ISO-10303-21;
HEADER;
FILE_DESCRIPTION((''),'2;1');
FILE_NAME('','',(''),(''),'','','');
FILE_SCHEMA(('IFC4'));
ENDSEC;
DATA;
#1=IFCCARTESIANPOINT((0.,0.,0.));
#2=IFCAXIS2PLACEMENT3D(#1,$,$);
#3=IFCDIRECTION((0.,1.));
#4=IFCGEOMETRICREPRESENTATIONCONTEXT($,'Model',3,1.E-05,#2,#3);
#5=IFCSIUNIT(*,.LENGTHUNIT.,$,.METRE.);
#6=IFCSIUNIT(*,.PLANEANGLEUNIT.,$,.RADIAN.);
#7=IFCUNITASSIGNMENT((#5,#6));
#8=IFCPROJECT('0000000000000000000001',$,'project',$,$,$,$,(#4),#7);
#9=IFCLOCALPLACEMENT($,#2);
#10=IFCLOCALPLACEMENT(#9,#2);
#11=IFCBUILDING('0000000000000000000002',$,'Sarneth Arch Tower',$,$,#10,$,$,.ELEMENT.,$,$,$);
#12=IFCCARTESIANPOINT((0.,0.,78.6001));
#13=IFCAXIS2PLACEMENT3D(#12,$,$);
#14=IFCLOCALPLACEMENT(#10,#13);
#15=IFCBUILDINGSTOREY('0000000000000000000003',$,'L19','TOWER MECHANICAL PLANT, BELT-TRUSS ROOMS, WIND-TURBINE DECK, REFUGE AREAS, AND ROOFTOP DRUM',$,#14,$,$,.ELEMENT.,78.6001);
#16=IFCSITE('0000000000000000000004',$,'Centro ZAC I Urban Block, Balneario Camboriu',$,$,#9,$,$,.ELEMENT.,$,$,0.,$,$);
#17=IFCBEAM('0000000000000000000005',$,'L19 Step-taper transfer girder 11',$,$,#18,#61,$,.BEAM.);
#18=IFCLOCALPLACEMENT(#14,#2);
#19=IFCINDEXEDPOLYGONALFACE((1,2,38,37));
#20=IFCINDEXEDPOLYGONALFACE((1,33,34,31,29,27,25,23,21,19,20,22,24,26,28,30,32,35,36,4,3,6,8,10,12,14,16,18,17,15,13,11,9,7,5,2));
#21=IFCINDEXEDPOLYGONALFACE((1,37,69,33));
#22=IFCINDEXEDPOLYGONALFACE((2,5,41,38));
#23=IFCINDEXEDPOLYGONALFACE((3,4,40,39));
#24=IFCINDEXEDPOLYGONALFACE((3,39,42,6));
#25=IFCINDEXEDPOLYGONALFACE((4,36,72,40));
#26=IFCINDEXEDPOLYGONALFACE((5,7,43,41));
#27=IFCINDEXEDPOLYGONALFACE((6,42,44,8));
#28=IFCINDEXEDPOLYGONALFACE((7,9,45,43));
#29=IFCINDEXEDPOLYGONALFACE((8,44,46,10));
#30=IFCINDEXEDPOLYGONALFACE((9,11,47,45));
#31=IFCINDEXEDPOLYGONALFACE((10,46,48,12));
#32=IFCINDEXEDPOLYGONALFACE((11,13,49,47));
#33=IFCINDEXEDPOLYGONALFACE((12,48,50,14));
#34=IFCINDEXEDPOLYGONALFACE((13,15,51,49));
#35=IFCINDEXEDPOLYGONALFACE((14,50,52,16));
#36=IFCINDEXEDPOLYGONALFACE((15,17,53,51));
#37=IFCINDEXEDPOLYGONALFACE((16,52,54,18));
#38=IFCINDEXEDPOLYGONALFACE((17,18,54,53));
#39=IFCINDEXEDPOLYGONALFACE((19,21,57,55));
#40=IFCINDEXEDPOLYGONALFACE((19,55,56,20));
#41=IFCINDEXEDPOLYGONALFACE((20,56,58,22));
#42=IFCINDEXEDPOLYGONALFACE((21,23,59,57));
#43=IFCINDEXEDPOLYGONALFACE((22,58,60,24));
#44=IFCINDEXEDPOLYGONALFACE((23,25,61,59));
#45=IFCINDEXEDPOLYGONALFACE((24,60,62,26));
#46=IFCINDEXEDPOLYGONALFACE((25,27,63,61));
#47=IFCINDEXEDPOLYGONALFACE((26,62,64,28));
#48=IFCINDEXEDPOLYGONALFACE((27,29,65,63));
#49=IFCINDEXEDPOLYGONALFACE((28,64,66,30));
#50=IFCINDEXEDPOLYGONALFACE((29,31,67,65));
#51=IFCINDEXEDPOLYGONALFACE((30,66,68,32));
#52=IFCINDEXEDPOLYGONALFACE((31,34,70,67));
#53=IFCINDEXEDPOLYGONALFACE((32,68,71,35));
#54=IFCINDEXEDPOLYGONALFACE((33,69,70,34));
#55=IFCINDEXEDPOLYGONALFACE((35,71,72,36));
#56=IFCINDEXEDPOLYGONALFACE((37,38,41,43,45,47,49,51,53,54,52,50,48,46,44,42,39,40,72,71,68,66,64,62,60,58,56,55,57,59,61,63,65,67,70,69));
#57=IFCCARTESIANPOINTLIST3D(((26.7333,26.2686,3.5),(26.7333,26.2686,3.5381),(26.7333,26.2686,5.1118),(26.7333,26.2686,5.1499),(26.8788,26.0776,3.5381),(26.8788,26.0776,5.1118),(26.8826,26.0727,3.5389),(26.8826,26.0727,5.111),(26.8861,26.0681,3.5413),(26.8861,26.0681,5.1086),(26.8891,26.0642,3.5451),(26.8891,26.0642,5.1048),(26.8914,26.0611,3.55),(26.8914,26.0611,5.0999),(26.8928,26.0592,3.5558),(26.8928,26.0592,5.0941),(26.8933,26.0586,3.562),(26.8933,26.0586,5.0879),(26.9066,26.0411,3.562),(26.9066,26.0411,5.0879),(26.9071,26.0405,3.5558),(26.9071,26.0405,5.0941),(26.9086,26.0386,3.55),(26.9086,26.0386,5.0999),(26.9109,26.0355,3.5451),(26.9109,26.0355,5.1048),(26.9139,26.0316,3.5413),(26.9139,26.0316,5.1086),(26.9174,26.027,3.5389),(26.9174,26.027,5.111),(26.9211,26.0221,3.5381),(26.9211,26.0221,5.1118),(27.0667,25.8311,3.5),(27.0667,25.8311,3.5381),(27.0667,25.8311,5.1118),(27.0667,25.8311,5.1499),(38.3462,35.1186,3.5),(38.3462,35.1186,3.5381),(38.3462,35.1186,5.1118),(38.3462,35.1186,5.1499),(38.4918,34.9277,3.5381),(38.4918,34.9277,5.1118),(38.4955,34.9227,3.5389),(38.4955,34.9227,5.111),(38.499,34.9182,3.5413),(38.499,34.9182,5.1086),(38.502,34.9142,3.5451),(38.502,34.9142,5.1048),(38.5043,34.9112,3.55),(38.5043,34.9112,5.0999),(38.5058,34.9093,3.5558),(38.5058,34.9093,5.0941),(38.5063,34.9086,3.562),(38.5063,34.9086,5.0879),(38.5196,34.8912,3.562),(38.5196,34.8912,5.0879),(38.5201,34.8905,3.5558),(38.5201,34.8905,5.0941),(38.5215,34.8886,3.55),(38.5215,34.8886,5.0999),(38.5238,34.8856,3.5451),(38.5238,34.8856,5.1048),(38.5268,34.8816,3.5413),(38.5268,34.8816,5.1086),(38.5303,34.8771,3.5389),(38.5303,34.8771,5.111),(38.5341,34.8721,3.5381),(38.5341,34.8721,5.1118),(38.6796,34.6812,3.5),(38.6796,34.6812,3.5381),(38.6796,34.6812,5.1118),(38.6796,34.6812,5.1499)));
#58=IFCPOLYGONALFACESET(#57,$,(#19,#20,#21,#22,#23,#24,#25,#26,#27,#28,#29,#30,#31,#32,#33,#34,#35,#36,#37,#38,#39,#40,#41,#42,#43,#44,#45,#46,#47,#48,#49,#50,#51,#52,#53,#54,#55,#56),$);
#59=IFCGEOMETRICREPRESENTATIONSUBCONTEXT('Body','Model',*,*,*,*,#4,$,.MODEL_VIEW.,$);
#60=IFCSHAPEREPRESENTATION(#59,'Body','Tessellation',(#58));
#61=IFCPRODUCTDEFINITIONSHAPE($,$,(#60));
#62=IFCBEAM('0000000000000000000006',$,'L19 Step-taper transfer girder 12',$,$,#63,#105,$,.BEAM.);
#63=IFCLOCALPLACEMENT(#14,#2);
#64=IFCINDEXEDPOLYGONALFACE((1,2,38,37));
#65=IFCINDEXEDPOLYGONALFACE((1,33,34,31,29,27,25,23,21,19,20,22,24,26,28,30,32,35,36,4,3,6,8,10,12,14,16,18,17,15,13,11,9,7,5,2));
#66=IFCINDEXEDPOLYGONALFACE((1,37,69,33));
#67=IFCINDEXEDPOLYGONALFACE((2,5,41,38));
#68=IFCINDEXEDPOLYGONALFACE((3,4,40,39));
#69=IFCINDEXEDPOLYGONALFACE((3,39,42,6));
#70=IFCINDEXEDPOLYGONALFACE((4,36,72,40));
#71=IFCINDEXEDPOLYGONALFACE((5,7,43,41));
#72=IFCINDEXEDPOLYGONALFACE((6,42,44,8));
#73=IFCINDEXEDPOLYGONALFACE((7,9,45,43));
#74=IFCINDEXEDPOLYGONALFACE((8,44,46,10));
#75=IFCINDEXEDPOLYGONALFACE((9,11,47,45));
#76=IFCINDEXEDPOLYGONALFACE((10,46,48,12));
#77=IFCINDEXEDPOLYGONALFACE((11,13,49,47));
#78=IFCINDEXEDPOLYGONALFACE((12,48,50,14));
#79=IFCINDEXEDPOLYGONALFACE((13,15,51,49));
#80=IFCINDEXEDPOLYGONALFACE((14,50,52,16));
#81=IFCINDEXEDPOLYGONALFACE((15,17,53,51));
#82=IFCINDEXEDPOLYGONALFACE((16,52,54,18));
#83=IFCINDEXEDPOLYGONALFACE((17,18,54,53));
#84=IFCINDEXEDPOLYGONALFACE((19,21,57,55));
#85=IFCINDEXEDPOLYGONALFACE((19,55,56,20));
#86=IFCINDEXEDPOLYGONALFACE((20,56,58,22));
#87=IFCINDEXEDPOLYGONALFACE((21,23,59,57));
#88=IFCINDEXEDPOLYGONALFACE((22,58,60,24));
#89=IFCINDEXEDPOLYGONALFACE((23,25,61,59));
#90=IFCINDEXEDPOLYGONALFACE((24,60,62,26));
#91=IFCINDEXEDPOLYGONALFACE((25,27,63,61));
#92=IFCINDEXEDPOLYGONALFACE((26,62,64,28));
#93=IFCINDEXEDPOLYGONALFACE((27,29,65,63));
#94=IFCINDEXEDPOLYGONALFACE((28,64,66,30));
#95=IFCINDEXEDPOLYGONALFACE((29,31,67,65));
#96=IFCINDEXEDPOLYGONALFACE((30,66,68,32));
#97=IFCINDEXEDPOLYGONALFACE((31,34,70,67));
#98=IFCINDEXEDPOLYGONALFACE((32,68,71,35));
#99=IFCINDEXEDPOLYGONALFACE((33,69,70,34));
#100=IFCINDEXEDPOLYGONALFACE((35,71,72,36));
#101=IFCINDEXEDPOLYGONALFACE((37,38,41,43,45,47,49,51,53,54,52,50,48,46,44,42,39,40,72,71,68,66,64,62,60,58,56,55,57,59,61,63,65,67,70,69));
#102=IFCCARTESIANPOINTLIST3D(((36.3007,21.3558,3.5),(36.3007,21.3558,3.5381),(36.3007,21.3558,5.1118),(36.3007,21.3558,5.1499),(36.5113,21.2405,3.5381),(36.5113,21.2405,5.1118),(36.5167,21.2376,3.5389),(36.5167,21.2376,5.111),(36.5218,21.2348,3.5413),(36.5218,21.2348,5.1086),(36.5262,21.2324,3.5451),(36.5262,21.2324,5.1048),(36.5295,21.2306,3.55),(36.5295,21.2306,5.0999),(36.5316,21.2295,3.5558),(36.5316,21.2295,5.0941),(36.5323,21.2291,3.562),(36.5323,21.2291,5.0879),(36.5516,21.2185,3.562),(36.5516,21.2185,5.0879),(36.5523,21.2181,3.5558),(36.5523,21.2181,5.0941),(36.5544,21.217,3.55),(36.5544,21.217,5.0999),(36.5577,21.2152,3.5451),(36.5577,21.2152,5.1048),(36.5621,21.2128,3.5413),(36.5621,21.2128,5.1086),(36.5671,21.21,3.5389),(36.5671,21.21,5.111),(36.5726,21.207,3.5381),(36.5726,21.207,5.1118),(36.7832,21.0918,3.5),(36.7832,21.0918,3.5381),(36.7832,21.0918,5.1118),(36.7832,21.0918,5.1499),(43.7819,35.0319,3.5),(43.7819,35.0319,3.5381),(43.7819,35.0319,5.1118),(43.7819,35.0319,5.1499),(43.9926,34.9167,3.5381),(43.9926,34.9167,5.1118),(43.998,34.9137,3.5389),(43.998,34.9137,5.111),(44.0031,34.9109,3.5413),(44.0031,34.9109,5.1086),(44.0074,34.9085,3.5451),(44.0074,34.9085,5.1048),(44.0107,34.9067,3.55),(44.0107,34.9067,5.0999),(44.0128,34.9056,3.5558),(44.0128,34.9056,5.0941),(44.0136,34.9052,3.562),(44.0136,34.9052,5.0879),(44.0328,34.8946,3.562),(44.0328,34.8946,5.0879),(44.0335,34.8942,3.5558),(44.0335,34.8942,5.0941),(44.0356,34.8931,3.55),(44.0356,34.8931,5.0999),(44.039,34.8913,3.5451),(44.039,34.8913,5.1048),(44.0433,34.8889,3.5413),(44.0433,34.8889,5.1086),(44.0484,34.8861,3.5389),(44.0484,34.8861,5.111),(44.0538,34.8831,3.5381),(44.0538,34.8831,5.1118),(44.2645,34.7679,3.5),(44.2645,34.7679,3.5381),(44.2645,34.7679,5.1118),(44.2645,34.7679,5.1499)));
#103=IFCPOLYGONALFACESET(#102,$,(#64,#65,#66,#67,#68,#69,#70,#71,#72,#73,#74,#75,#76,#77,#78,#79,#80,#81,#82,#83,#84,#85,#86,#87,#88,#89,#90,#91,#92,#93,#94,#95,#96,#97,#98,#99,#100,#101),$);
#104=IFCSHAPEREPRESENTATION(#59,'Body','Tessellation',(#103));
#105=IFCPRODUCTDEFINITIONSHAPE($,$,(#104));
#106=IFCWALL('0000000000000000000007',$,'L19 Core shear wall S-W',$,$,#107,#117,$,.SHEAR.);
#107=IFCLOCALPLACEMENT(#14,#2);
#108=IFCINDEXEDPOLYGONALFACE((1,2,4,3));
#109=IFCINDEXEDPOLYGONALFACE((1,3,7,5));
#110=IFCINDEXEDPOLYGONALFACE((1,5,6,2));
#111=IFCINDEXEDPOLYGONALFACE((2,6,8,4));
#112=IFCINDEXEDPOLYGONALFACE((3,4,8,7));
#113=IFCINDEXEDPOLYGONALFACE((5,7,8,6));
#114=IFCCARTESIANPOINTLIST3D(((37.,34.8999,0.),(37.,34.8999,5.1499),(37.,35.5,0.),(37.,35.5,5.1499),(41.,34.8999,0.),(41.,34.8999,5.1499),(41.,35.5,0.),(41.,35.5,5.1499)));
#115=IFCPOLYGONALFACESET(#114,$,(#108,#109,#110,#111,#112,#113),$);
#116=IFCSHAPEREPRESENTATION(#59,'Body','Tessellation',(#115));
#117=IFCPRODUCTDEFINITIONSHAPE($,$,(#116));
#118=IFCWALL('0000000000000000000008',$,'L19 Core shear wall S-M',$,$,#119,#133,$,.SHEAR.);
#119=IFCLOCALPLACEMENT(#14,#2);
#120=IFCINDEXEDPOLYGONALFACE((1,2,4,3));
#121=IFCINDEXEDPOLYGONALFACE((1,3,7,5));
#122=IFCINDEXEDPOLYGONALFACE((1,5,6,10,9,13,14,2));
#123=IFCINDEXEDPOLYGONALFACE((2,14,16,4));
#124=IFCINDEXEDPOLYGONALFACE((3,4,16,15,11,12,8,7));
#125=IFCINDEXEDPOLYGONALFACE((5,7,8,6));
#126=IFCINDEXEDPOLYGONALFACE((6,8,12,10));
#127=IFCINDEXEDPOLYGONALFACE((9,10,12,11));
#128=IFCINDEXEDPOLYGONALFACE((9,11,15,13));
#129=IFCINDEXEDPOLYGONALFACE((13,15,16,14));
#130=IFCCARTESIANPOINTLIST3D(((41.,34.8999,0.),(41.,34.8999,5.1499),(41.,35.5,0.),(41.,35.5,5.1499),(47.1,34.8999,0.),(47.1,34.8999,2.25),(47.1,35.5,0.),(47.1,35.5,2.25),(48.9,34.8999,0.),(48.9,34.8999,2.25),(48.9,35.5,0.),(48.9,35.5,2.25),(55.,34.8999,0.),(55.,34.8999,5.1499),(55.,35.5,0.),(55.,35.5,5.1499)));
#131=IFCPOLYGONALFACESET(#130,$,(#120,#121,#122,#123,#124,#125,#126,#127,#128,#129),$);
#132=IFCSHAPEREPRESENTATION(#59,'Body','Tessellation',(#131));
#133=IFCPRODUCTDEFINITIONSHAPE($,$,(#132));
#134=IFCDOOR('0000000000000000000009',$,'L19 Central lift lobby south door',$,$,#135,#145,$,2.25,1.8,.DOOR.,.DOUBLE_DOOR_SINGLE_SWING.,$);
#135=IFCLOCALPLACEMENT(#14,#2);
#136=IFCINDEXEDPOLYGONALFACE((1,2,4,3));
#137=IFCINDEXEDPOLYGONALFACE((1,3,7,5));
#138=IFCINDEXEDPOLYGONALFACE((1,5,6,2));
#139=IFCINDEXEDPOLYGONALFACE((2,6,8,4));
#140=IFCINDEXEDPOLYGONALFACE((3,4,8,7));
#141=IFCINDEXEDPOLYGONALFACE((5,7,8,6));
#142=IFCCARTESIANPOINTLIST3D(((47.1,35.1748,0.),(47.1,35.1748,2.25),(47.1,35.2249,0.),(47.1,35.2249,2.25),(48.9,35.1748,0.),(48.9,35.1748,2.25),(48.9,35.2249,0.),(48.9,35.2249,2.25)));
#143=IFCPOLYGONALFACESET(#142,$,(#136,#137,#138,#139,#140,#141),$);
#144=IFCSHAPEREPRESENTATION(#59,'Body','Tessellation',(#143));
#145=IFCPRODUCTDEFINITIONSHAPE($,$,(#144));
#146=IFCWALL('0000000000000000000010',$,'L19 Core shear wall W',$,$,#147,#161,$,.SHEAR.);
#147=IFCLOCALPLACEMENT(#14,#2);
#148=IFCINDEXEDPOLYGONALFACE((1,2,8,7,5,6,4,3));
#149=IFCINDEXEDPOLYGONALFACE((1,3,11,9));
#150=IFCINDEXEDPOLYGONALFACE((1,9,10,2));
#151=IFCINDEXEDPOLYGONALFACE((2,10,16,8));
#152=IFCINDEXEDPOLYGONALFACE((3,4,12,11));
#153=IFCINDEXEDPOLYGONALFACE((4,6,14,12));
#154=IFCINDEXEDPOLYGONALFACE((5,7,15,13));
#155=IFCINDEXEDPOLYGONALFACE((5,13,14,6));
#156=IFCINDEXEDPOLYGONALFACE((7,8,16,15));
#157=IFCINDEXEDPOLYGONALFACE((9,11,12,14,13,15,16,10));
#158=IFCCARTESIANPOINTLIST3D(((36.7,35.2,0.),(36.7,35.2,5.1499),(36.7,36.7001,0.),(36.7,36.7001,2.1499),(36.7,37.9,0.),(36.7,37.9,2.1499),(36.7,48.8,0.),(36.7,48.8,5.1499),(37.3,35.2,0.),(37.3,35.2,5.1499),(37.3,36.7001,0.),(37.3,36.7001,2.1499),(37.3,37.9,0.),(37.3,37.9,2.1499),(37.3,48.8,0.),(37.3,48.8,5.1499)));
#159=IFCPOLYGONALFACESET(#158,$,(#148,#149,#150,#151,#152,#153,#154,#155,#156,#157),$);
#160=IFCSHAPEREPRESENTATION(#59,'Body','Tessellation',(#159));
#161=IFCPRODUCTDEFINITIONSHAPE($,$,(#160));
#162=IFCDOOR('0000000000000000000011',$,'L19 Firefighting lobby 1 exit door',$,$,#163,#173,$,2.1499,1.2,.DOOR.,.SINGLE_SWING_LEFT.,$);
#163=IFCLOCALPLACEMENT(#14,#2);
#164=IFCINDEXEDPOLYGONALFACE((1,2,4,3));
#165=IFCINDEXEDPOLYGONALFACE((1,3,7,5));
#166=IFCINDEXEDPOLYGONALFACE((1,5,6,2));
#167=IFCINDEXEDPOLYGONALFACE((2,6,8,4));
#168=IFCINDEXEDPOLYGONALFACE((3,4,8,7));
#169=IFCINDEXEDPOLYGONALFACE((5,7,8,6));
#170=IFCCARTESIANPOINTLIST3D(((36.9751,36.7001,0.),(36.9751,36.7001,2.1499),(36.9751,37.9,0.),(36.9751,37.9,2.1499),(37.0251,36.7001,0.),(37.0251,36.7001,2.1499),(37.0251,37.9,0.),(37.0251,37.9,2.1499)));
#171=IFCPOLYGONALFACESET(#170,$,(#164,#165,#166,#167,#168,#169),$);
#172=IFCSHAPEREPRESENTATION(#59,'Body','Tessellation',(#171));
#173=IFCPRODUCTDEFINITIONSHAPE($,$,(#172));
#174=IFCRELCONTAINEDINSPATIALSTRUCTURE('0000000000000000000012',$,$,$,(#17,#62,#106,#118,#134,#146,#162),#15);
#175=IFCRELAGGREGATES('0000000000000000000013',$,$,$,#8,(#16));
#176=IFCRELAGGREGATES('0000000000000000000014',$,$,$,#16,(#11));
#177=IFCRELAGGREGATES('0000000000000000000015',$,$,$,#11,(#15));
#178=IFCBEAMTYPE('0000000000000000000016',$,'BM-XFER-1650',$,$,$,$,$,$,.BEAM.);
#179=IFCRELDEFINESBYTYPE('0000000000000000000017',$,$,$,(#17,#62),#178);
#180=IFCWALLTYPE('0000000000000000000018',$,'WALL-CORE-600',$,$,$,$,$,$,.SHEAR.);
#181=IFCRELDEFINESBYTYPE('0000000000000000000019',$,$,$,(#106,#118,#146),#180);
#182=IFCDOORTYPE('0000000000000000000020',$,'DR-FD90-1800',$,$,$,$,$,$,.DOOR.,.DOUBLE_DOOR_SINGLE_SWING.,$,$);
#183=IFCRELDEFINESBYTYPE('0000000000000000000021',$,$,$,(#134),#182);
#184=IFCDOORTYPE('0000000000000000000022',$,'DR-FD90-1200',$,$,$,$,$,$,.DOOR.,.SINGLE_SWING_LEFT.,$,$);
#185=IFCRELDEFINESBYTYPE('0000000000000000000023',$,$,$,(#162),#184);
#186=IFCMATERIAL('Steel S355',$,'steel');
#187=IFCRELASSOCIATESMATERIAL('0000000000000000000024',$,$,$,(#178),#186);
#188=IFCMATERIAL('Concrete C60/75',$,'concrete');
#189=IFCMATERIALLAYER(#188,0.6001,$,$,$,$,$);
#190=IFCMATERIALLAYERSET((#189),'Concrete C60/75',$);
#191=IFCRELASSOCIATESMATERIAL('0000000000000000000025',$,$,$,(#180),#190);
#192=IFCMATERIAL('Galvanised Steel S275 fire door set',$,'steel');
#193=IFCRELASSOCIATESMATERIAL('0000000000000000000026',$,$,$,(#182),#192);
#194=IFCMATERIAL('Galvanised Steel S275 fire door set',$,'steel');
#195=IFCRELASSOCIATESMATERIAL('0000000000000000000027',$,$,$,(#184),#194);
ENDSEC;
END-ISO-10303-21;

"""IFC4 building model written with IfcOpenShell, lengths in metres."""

from ifc_helpers import new_model, si_unit, direction, frame, frame_2d, origin, origin_2d, place, context, subcontext, project, spatial, rectangle, i_section, extrude, material, layer, layer_set, material_profile, profile_set, type_object, element, fill, save


model = new_model("IFC4")

# Units and contexts
model_context = context("Model", 3, precision=1e-05, world=origin(), true_north=direction((0.0, 1.0)))
body_context = subcontext(model_context, "Body", "Model", "MODEL_VIEW")
ifc_project = project(units=[si_unit("LENGTHUNIT", "METRE"), si_unit("PLANEANGLEUNIT", "RADIAN")], contexts=[model_context])

# Site, building, storey
site_placement = place(None, origin())
site = spatial("IfcSite", under=ifc_project, at=site_placement, Name="Centro ZAC I Urban Block, Balneario Camboriu", CompositionType="ELEMENT", RefElevation=0.0)
building_placement = place(site_placement, origin())
building = spatial("IfcBuilding", under=site, at=building_placement, Name="Sarneth Arch Tower", CompositionType="ELEMENT")
storey_placement = place(building_placement, frame((0.0, 0.0, 78.6001)))
storey = spatial("IfcBuildingStorey", under=building, at=storey_placement, Name="L19", Description="TOWER MECHANICAL PLANT, BELT-TRUSS ROOMS, WIND-TURBINE DECK, REFUGE AREAS, AND ROOFTOP DRUM", CompositionType="ELEMENT", Elevation=78.6001)

# Beams
ifc_material_1 = material(Name="Steel S355", Category="steel")
ifc_material_profile_1 = material_profile(ifc_material_1, i_section(OverallWidth=0.55, OverallDepth=1.6499, WebThickness=0.022, FlangeThickness=0.0381, FilletRadius=0.0239, at=origin_2d()), Name="CVS1650x680")
ifc_profile_set_1 = profile_set([ifc_material_profile_1], Name="Steel S355")
beam_type_1 = type_object("IfcBeamType", Name="BM-XFER-1650", PredefinedType="BEAM", material=ifc_profile_set_1)
beam_1_placement = place(storey_placement, frame((38.5129, 34.8999, 4.325), z_axis=(-0.795363, -0.606133, 0.0), x_axis=(0.606133, -0.795363, 0.0)))
element("IfcBeam", 1, at=beam_1_placement, inside=storey, type_object=beam_type_1, Name="L19 Step-taper transfer girder 11", PredefinedType="BEAM", context=body_context, shape_type="SweptSolid", body=[
    extrude(i_section(OverallWidth=0.55, OverallDepth=1.6499, WebThickness=0.022, FlangeThickness=0.0381, FilletRadius=0.0239, at=origin_2d()), origin(), (0.0, 0.0, 1.0), 14.6008),
])
beam_2_placement = place(storey_placement, frame((44.0232, 34.8999, 4.325), z_axis=(-0.479917, -0.877314, 0.0), x_axis=(0.877314, -0.479917, 0.0)))
element("IfcBeam", 2, at=beam_2_placement, inside=storey, type_object=beam_type_1, Name="L19 Step-taper transfer girder 12", PredefinedType="BEAM", context=body_context, shape_type="SweptSolid", body=[
    extrude(i_section(OverallWidth=0.55, OverallDepth=1.6499, WebThickness=0.022, FlangeThickness=0.0381, FilletRadius=0.0239, at=origin_2d()), origin(), (0.0, 0.0, 1.0), 15.5886),
])

# Wall
ifc_material_2 = material(Name="Concrete C60/75", Category="concrete")
ifc_layer_1 = layer(ifc_material_2, 0.6001)
ifc_layer_set_1 = layer_set([ifc_layer_1], Name="Concrete C60/75")
wall_type_1 = type_object("IfcWallType", Name="WALL-CORE-600", PredefinedType="SHEAR", material=ifc_layer_set_1)
wall_1_placement = place(storey_placement, frame((37.0, 35.2, 0.0), z_axis=(0.0, 0.0, 1.0), x_axis=(1.0, 0.0, 0.0)))
element("IfcWall", 3, at=wall_1_placement, inside=storey, type_object=wall_type_1, Name="L19 Core shear wall S-W", PredefinedType="SHEAR", context=body_context, shape_type="SweptSolid", body=[
    extrude(rectangle(XDim=4.0, YDim=0.6001, at=frame_2d((2.0, 0.0))), origin(), (0.0, 0.0, 1.0), 5.1499),
])

# Walls, openings, doors
wall_2_placement = place(storey_placement, frame((41.0, 35.2, 0.0), z_axis=(0.0, 0.0, 1.0), x_axis=(1.0, 0.0, 0.0)))
wall_2 = element("IfcWall", 4, at=wall_2_placement, inside=storey, type_object=wall_type_1, Name="L19 Core shear wall S-M", PredefinedType="SHEAR", context=body_context, shape_type="SweptSolid", body=[
    extrude(rectangle(XDim=14.0, YDim=0.6001, at=frame_2d((7.0, 0.0))), origin(), (0.0, 0.0, 1.0), 5.1499),
])
opening_1_placement = place(wall_2_placement, frame((6.1001, 0.0, 0.0)))
opening_1 = element("IfcOpeningElement", 5, at=opening_1_placement, cuts=wall_2, PredefinedType="OPENING", context=body_context, shape_type="SweptSolid", body=[
    extrude(rectangle(XDim=1.8, YDim=2.25, at=frame_2d((0.8999, 1.125))), frame((0.0, 0.3101, 0.0), z_axis=(0.0, -1.0, 0.0), x_axis=(1.0, 0.0, 0.0)), (0.0, 0.0, 1.0), 0.6201),
])
ifc_material_3 = material(Name="Galvanised Steel S275 fire door set", Category="steel")
door_type_1 = type_object("IfcDoorType", Name="DR-FD90-1800", OperationType="DOUBLE_DOOR_SINGLE_SWING", PredefinedType="DOOR", material=ifc_material_3)
door_1_placement = place(opening_1_placement, origin())
door_1 = element("IfcDoor", 6, at=door_1_placement, inside=storey, type_object=door_type_1, Name="L19 Central lift lobby south door", OperationType="DOUBLE_DOOR_SINGLE_SWING", OverallHeight=2.25, OverallWidth=1.8, PredefinedType="DOOR", context=body_context, shape_type="SweptSolid", body=[
    extrude(rectangle(XDim=1.8, YDim=2.25, at=frame_2d((0.8999, 1.125))), frame((0.0, 0.0249, 0.0), z_axis=(0.0, -1.0, 0.0), x_axis=(1.0, 0.0, 0.0)), (0.0, 0.0, 1.0), 0.05),
])
fill(opening_1, door_1)
wall_3_placement = place(storey_placement, frame((37.0, 35.2, 0.0), z_axis=(0.0, 0.0, 1.0), x_axis=(0.0, 1.0, 0.0)))
wall_3 = element("IfcWall", 7, at=wall_3_placement, inside=storey, type_object=wall_type_1, Name="L19 Core shear wall W", PredefinedType="SHEAR", context=body_context, shape_type="SweptSolid", body=[
    extrude(rectangle(XDim=13.6001, YDim=0.6001, at=frame_2d((6.8, 0.0))), origin(), (0.0, 0.0, 1.0), 5.1499),
])
opening_2_placement = place(wall_3_placement, frame((1.5, 0.0, 0.0)))
opening_2 = element("IfcOpeningElement", 8, at=opening_2_placement, cuts=wall_3, PredefinedType="OPENING", context=body_context, shape_type="SweptSolid", body=[
    extrude(rectangle(XDim=1.2, YDim=2.1499, at=frame_2d((0.6001, 1.075))), frame((0.0, 0.3101, 0.0), z_axis=(0.0, -1.0, 0.0), x_axis=(1.0, 0.0, 0.0)), (0.0, 0.0, 1.0), 0.6201),
])
ifc_material_4 = material(Name="Galvanised Steel S275 fire door set", Category="steel")
door_type_2 = type_object("IfcDoorType", Name="DR-FD90-1200", OperationType="SINGLE_SWING_LEFT", PredefinedType="DOOR", material=ifc_material_4)
door_2_placement = place(opening_2_placement, origin())
door_2 = element("IfcDoor", 9, at=door_2_placement, inside=storey, type_object=door_type_2, Name="L19 Firefighting lobby 1 exit door", OperationType="SINGLE_SWING_LEFT", OverallHeight=2.1499, OverallWidth=1.2, PredefinedType="DOOR", context=body_context, shape_type="SweptSolid", body=[
    extrude(rectangle(XDim=1.2, YDim=2.1499, at=frame_2d((0.6001, 1.075))), frame((0.0, 0.0249, 0.0), z_axis=(0.0, -1.0, 0.0), x_axis=(1.0, 0.0, 0.0)), (0.0, 0.0, 1.0), 0.05),
])
fill(opening_2, door_2)

save(model, "model.ifc")
